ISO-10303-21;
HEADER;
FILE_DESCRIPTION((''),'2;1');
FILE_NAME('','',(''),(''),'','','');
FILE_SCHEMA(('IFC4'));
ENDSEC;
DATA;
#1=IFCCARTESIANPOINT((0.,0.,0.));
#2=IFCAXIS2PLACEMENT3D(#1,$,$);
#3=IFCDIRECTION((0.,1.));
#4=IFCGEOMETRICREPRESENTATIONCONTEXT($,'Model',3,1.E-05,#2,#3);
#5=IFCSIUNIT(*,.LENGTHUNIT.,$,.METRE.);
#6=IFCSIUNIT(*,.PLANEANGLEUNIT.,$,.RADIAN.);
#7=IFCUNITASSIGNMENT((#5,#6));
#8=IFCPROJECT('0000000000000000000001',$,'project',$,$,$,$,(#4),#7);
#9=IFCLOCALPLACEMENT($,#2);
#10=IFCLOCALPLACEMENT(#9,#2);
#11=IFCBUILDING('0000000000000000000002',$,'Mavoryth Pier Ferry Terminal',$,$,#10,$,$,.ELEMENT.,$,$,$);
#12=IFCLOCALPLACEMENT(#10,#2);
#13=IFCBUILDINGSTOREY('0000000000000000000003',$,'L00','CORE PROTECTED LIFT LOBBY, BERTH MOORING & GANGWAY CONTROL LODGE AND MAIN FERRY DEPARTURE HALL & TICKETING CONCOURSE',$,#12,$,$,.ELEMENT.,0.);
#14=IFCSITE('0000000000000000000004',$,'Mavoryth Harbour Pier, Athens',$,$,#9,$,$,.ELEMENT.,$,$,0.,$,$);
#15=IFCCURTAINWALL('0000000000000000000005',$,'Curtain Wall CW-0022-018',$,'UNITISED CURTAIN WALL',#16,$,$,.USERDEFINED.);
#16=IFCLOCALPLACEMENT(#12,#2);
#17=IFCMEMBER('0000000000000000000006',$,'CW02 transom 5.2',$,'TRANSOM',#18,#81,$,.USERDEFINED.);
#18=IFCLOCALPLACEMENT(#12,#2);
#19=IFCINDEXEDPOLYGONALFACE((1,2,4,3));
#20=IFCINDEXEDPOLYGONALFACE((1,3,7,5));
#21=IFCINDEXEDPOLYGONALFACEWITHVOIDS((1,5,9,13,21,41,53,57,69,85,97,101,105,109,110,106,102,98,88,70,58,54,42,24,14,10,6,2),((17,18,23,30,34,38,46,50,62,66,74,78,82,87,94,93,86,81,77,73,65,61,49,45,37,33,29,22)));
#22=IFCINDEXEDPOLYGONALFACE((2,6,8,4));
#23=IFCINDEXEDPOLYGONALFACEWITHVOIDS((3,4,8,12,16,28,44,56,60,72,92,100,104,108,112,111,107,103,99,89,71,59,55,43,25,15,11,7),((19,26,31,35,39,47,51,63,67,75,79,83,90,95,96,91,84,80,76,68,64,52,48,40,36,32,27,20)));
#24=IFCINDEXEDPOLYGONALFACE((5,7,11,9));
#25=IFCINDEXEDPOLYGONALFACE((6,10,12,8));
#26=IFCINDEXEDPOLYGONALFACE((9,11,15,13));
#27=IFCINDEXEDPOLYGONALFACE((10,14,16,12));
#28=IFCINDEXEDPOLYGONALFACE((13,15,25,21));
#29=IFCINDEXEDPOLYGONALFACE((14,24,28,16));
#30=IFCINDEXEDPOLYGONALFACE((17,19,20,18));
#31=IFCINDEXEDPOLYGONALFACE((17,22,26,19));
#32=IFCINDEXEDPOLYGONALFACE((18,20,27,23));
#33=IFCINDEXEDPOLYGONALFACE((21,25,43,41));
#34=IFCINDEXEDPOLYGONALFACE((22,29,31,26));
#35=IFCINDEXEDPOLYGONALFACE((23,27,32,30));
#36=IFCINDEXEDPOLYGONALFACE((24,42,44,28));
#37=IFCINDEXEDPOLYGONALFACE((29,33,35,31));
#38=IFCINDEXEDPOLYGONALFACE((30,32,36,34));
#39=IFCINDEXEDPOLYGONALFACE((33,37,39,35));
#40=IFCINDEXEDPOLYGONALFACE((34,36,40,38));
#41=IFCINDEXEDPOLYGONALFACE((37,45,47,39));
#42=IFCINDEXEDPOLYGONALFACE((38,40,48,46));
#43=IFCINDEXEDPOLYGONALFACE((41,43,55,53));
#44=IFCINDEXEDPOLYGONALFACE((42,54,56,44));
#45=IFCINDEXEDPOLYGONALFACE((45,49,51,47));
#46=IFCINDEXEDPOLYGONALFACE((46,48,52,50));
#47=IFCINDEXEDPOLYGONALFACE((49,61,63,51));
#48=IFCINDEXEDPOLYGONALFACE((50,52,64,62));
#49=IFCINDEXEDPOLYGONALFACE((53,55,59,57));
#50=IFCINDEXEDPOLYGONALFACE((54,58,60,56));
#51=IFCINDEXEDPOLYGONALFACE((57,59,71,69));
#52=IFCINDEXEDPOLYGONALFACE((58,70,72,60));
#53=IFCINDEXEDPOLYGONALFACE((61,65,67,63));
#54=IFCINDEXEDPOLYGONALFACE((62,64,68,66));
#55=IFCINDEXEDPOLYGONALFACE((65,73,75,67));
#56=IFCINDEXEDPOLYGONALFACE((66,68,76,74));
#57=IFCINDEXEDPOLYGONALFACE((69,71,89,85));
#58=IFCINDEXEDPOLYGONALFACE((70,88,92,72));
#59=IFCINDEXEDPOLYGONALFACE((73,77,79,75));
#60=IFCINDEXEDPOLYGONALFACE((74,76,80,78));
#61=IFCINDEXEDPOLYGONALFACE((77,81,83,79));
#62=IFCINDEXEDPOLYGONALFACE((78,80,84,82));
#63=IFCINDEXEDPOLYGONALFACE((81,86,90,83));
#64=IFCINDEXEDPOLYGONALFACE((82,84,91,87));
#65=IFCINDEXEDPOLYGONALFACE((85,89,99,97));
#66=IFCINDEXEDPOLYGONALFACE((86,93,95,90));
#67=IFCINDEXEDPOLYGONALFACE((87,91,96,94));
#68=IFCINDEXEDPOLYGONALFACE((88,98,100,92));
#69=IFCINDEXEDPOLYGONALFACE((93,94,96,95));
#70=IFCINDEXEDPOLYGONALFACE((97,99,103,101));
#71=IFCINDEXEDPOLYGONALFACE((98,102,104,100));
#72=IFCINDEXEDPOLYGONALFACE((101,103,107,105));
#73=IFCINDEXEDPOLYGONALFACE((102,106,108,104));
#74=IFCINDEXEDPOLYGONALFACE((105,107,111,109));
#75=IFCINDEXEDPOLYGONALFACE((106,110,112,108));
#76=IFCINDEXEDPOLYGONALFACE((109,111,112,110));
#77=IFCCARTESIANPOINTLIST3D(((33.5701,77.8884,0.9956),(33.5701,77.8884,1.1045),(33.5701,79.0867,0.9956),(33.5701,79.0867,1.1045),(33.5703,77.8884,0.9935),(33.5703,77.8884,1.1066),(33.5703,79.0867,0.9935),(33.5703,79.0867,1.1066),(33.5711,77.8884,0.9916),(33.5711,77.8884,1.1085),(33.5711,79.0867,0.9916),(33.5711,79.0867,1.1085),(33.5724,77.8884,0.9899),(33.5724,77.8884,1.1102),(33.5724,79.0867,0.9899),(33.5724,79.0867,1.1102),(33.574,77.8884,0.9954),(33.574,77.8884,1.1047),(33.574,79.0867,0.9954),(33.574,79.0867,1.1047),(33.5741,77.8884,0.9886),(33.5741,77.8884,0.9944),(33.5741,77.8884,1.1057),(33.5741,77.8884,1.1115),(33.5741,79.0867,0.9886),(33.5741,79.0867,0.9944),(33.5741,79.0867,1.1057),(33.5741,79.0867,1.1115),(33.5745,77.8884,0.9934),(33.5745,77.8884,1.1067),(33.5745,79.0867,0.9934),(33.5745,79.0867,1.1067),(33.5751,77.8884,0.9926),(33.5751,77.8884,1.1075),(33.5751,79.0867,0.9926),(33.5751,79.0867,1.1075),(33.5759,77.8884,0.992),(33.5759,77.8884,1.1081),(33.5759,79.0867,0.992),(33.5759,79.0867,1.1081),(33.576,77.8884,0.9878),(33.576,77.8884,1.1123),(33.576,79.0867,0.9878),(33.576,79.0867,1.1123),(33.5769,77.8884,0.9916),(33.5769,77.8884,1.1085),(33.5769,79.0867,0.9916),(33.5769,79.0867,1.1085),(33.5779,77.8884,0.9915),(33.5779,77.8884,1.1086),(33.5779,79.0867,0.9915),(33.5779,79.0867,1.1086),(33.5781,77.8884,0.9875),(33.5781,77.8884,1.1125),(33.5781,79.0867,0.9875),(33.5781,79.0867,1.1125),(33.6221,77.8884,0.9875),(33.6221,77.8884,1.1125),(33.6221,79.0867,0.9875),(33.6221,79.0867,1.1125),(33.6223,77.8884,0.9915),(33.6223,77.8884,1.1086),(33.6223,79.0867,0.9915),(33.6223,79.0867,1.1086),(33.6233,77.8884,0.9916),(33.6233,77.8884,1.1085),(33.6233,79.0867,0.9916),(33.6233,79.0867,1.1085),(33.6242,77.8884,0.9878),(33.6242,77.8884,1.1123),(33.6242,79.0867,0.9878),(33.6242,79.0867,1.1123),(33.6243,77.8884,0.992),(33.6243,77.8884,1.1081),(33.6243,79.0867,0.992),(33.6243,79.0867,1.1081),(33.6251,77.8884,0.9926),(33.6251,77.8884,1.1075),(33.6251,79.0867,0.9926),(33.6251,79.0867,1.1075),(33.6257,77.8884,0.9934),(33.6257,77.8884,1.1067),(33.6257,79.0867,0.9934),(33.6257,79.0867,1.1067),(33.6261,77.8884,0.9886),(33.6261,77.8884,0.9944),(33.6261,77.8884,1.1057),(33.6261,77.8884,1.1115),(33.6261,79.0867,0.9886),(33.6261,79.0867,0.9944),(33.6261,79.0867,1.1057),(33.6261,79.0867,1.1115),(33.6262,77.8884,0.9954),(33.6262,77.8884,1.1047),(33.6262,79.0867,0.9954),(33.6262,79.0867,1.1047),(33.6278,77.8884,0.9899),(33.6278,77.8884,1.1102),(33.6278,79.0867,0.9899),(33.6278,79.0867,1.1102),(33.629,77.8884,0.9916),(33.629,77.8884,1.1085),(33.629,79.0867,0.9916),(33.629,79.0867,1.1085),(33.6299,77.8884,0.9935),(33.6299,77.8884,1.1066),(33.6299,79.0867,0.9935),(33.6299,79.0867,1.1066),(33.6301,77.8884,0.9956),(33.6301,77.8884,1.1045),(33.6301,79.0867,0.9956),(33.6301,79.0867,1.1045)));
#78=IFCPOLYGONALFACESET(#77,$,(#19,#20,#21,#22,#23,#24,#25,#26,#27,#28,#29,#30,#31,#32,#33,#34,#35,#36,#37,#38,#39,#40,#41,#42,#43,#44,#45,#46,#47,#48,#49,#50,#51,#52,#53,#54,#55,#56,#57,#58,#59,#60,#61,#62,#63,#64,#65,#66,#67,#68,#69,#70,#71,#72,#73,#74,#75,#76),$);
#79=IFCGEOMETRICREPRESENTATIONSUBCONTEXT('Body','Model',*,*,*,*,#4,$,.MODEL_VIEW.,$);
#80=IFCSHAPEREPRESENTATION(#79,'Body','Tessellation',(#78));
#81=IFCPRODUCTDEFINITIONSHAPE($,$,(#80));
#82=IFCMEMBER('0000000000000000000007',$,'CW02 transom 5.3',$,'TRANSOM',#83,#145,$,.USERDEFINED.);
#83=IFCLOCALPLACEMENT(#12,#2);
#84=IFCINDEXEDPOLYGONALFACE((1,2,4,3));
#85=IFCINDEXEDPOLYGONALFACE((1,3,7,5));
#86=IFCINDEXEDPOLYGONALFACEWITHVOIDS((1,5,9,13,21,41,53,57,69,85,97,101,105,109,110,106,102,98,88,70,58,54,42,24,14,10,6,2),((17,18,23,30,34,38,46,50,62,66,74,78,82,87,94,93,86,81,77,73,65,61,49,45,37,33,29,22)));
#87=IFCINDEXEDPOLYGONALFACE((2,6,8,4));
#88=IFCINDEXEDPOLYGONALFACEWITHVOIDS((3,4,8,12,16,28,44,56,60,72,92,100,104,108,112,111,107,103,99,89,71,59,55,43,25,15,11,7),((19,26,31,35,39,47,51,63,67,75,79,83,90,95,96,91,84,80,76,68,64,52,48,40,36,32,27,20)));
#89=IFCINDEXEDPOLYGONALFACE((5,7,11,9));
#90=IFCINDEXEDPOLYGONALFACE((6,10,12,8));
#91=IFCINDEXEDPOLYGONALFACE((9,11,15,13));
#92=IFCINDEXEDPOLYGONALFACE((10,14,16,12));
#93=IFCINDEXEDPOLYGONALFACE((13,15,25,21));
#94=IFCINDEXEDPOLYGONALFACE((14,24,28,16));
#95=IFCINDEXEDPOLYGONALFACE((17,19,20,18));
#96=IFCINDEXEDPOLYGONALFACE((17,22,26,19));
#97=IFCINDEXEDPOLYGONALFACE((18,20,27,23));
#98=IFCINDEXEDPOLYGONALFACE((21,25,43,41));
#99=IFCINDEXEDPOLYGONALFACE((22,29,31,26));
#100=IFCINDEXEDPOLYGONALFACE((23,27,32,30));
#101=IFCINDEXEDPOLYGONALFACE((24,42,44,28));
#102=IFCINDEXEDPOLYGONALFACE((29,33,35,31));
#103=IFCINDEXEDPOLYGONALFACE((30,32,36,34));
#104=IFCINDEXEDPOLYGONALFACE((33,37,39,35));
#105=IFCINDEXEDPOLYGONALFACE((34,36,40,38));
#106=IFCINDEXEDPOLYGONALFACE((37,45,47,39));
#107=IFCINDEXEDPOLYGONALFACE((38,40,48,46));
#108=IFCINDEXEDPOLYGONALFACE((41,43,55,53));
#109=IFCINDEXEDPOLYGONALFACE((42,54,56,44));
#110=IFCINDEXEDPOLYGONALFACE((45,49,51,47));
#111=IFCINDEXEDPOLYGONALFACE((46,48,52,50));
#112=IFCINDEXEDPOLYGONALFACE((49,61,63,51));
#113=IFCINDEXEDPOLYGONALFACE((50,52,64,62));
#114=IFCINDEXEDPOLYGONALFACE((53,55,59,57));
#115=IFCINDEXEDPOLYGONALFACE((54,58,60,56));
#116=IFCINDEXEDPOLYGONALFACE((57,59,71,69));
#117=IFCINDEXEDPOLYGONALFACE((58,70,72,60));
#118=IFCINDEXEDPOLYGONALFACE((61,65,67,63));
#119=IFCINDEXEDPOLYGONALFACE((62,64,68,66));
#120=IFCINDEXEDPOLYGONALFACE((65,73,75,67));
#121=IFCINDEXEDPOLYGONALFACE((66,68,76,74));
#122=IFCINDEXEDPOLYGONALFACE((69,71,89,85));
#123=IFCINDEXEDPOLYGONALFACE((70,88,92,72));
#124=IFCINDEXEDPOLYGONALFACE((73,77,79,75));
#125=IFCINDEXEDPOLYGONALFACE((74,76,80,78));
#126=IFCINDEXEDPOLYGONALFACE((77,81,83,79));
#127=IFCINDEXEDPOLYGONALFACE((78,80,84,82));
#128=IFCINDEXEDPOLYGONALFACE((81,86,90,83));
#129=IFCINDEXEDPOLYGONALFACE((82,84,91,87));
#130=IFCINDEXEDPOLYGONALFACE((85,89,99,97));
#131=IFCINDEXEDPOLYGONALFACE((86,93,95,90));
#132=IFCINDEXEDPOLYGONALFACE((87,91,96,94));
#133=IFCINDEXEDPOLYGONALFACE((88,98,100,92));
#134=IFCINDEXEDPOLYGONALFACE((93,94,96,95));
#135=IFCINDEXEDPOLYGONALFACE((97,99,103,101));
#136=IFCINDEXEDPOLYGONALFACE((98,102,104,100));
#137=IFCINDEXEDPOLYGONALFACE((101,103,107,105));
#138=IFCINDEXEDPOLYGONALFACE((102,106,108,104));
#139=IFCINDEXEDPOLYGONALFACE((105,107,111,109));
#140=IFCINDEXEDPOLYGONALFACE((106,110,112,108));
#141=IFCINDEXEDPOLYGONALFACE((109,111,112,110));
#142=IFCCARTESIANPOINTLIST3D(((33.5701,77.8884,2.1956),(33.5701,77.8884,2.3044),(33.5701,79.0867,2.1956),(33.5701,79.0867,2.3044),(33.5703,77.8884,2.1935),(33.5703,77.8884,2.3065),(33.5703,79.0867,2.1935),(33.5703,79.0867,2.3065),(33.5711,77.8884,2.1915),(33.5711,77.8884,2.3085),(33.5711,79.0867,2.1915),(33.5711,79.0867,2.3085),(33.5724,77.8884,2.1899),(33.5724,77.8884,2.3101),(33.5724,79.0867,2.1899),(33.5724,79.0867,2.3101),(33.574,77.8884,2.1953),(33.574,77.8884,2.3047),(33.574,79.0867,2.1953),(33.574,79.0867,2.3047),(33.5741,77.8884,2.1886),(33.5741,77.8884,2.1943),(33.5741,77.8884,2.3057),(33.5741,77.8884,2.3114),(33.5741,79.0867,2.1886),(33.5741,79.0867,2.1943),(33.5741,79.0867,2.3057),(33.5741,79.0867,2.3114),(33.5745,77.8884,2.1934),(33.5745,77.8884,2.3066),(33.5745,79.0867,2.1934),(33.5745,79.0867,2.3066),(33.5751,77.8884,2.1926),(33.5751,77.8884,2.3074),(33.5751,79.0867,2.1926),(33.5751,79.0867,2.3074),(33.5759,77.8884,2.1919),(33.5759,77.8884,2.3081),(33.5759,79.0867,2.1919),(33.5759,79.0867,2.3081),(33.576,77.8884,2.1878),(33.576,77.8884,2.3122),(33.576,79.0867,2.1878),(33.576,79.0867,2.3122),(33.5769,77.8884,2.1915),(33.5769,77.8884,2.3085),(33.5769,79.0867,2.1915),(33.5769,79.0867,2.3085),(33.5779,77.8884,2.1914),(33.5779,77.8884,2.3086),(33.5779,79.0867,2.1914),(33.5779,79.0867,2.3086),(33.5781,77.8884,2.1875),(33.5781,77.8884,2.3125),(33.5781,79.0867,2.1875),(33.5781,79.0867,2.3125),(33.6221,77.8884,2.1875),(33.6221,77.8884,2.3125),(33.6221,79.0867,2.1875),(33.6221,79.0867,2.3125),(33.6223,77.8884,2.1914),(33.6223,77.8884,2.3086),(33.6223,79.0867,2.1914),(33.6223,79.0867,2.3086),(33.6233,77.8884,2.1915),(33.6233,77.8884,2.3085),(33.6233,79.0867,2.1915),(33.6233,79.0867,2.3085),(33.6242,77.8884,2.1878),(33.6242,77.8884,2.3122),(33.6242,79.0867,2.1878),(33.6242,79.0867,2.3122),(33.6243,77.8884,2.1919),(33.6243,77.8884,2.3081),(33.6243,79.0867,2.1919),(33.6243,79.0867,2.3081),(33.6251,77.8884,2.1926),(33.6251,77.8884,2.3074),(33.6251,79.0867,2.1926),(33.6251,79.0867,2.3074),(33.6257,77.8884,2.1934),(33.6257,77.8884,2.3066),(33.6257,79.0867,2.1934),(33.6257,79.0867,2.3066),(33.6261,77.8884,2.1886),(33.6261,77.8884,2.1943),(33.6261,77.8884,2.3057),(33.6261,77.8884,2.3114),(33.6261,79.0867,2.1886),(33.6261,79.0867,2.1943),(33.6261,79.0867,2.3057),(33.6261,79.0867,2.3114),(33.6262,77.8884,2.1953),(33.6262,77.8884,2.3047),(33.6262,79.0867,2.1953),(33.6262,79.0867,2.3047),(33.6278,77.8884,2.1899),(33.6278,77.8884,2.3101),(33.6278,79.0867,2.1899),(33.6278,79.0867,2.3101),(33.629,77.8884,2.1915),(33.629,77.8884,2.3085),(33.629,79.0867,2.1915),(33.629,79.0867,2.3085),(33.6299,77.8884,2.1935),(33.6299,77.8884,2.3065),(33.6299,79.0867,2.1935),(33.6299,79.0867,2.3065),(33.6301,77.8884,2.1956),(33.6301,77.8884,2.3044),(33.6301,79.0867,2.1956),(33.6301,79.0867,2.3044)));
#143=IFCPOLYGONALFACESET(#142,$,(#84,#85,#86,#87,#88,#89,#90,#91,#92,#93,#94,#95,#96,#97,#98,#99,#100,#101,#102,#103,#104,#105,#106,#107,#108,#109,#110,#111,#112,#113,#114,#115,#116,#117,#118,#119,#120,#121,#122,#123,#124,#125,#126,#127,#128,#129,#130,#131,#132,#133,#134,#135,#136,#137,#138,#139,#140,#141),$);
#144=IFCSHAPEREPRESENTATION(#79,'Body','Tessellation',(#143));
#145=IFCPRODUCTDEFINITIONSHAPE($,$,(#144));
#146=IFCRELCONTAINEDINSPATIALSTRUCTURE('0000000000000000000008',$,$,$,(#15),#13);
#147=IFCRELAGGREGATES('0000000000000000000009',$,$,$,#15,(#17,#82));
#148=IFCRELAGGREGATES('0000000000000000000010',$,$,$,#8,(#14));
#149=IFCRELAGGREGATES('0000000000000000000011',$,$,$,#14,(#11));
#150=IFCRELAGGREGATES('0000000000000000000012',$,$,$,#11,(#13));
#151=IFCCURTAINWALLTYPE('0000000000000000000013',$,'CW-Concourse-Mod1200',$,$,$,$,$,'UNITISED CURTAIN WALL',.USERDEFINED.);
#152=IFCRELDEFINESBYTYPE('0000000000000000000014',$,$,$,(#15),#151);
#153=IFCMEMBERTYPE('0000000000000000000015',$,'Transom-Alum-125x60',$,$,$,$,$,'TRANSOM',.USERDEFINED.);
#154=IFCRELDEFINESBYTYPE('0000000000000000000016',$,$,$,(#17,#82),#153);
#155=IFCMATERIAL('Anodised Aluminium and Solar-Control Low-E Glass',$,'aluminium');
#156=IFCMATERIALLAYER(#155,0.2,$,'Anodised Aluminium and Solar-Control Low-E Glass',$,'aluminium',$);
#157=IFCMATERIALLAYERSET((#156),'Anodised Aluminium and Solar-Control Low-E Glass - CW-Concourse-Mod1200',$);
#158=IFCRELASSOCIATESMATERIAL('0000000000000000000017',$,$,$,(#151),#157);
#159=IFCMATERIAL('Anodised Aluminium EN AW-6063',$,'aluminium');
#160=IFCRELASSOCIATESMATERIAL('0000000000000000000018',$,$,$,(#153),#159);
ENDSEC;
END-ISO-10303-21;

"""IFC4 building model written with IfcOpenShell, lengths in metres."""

from ifc_helpers import new_model, si_unit, direction, frame, origin, origin_2d, place, context, subcontext, project, spatial, hollow_rectangle, extrude, material, layer, layer_set, material_profile, profile_set, type_object, element, aggregate, save


model = new_model("IFC4")

# Units and contexts
model_context = context("Model", 3, precision=1e-05, world=origin(), true_north=direction((0.0, 1.0)))
body_context = subcontext(model_context, "Body", "Model", "MODEL_VIEW")
ifc_project = project(units=[si_unit("LENGTHUNIT", "METRE"), si_unit("PLANEANGLEUNIT", "RADIAN")], contexts=[model_context])

# Site, building, storey
site_placement = place(None, origin())
site = spatial("IfcSite", under=ifc_project, at=site_placement, Name="Mavoryth Harbour Pier, Athens", CompositionType="ELEMENT", RefElevation=0.0)
building_placement = place(site_placement, origin())
building = spatial("IfcBuilding", under=site, at=building_placement, Name="Mavoryth Pier Ferry Terminal", CompositionType="ELEMENT")
storey_placement = place(building_placement, origin())
storey = spatial("IfcBuildingStorey", under=building, at=storey_placement, Name="L00", Description="CORE PROTECTED LIFT LOBBY, BERTH MOORING & GANGWAY CONTROL LODGE AND MAIN FERRY DEPARTURE HALL & TICKETING CONCOURSE", CompositionType="ELEMENT", Elevation=0.0)

# Curtain wall, members
ifc_material_1 = material(Name="Anodised Aluminium and Solar-Control Low-E Glass", Category="aluminium")
ifc_layer_1 = layer(ifc_material_1, 0.2, Name="Anodised Aluminium and Solar-Control Low-E Glass", Category="aluminium")
ifc_layer_set_1 = layer_set([ifc_layer_1], Name="Anodised Aluminium and Solar-Control Low-E Glass - CW-Concourse-Mod1200")
curtain_wall_type = type_object("IfcCurtainWallType", Name="CW-Concourse-Mod1200", ElementType="UNITISED CURTAIN WALL", PredefinedType="USERDEFINED", material=ifc_layer_set_1)
curtain_wall_placement = place(storey_placement, origin())
curtain_wall = element("IfcCurtainWall", 1, at=curtain_wall_placement, inside=storey, type_object=curtain_wall_type, Name="Curtain Wall CW-0022-018", ObjectType="UNITISED CURTAIN WALL", PredefinedType="USERDEFINED")
ifc_material_2 = material(Name="Anodised Aluminium EN AW-6063", Category="aluminium")
ifc_material_profile_1 = material_profile(ifc_material_2, hollow_rectangle(XDim=0.0601, YDim=0.125, WallThickness=0.0039, InnerFilletRadius=0.0039, OuterFilletRadius=0.0081, at=origin_2d()), Name="AL-TRAN 125x60x4", Category="aluminium")
ifc_profile_set_1 = profile_set([ifc_material_profile_1], Name="Anodised Aluminium EN AW-6063 - AL-TRAN 125x60x4")
member_type_1 = type_object("IfcMemberType", Name="Transom-Alum-125x60", ElementType="TRANSOM", PredefinedType="USERDEFINED", material=ifc_profile_set_1)
member_1_placement = place(storey_placement, frame((33.6001, 77.8884, 1.05), z_axis=(0.0, 1.0, 0.0), x_axis=(-1.0, 0.0, 0.0)))
member_1 = element("IfcMember", 2, at=member_1_placement, type_object=member_type_1, Name="CW02 transom 5.2", ObjectType="TRANSOM", PredefinedType="USERDEFINED", context=body_context, shape_type="SweptSolid", body=[
    extrude(hollow_rectangle(XDim=0.0601, YDim=0.125, WallThickness=0.0039, InnerFilletRadius=0.0039, OuterFilletRadius=0.0081, at=origin_2d()), origin(), (0.0, 0.0, 1.0), 1.1982),
])
member_2_placement = place(storey_placement, frame((33.6001, 77.8884, 2.25), z_axis=(0.0, 1.0, 0.0), x_axis=(-1.0, 0.0, 0.0)))
member_2 = element("IfcMember", 3, at=member_2_placement, type_object=member_type_1, Name="CW02 transom 5.3", ObjectType="TRANSOM", PredefinedType="USERDEFINED", context=body_context, shape_type="SweptSolid", body=[
    extrude(hollow_rectangle(XDim=0.0601, YDim=0.125, WallThickness=0.0039, InnerFilletRadius=0.0039, OuterFilletRadius=0.0081, at=origin_2d()), origin(), (0.0, 0.0, 1.0), 1.1982),
])
aggregate(curtain_wall, [member_1, member_2])

save(model, "model.ifc")
